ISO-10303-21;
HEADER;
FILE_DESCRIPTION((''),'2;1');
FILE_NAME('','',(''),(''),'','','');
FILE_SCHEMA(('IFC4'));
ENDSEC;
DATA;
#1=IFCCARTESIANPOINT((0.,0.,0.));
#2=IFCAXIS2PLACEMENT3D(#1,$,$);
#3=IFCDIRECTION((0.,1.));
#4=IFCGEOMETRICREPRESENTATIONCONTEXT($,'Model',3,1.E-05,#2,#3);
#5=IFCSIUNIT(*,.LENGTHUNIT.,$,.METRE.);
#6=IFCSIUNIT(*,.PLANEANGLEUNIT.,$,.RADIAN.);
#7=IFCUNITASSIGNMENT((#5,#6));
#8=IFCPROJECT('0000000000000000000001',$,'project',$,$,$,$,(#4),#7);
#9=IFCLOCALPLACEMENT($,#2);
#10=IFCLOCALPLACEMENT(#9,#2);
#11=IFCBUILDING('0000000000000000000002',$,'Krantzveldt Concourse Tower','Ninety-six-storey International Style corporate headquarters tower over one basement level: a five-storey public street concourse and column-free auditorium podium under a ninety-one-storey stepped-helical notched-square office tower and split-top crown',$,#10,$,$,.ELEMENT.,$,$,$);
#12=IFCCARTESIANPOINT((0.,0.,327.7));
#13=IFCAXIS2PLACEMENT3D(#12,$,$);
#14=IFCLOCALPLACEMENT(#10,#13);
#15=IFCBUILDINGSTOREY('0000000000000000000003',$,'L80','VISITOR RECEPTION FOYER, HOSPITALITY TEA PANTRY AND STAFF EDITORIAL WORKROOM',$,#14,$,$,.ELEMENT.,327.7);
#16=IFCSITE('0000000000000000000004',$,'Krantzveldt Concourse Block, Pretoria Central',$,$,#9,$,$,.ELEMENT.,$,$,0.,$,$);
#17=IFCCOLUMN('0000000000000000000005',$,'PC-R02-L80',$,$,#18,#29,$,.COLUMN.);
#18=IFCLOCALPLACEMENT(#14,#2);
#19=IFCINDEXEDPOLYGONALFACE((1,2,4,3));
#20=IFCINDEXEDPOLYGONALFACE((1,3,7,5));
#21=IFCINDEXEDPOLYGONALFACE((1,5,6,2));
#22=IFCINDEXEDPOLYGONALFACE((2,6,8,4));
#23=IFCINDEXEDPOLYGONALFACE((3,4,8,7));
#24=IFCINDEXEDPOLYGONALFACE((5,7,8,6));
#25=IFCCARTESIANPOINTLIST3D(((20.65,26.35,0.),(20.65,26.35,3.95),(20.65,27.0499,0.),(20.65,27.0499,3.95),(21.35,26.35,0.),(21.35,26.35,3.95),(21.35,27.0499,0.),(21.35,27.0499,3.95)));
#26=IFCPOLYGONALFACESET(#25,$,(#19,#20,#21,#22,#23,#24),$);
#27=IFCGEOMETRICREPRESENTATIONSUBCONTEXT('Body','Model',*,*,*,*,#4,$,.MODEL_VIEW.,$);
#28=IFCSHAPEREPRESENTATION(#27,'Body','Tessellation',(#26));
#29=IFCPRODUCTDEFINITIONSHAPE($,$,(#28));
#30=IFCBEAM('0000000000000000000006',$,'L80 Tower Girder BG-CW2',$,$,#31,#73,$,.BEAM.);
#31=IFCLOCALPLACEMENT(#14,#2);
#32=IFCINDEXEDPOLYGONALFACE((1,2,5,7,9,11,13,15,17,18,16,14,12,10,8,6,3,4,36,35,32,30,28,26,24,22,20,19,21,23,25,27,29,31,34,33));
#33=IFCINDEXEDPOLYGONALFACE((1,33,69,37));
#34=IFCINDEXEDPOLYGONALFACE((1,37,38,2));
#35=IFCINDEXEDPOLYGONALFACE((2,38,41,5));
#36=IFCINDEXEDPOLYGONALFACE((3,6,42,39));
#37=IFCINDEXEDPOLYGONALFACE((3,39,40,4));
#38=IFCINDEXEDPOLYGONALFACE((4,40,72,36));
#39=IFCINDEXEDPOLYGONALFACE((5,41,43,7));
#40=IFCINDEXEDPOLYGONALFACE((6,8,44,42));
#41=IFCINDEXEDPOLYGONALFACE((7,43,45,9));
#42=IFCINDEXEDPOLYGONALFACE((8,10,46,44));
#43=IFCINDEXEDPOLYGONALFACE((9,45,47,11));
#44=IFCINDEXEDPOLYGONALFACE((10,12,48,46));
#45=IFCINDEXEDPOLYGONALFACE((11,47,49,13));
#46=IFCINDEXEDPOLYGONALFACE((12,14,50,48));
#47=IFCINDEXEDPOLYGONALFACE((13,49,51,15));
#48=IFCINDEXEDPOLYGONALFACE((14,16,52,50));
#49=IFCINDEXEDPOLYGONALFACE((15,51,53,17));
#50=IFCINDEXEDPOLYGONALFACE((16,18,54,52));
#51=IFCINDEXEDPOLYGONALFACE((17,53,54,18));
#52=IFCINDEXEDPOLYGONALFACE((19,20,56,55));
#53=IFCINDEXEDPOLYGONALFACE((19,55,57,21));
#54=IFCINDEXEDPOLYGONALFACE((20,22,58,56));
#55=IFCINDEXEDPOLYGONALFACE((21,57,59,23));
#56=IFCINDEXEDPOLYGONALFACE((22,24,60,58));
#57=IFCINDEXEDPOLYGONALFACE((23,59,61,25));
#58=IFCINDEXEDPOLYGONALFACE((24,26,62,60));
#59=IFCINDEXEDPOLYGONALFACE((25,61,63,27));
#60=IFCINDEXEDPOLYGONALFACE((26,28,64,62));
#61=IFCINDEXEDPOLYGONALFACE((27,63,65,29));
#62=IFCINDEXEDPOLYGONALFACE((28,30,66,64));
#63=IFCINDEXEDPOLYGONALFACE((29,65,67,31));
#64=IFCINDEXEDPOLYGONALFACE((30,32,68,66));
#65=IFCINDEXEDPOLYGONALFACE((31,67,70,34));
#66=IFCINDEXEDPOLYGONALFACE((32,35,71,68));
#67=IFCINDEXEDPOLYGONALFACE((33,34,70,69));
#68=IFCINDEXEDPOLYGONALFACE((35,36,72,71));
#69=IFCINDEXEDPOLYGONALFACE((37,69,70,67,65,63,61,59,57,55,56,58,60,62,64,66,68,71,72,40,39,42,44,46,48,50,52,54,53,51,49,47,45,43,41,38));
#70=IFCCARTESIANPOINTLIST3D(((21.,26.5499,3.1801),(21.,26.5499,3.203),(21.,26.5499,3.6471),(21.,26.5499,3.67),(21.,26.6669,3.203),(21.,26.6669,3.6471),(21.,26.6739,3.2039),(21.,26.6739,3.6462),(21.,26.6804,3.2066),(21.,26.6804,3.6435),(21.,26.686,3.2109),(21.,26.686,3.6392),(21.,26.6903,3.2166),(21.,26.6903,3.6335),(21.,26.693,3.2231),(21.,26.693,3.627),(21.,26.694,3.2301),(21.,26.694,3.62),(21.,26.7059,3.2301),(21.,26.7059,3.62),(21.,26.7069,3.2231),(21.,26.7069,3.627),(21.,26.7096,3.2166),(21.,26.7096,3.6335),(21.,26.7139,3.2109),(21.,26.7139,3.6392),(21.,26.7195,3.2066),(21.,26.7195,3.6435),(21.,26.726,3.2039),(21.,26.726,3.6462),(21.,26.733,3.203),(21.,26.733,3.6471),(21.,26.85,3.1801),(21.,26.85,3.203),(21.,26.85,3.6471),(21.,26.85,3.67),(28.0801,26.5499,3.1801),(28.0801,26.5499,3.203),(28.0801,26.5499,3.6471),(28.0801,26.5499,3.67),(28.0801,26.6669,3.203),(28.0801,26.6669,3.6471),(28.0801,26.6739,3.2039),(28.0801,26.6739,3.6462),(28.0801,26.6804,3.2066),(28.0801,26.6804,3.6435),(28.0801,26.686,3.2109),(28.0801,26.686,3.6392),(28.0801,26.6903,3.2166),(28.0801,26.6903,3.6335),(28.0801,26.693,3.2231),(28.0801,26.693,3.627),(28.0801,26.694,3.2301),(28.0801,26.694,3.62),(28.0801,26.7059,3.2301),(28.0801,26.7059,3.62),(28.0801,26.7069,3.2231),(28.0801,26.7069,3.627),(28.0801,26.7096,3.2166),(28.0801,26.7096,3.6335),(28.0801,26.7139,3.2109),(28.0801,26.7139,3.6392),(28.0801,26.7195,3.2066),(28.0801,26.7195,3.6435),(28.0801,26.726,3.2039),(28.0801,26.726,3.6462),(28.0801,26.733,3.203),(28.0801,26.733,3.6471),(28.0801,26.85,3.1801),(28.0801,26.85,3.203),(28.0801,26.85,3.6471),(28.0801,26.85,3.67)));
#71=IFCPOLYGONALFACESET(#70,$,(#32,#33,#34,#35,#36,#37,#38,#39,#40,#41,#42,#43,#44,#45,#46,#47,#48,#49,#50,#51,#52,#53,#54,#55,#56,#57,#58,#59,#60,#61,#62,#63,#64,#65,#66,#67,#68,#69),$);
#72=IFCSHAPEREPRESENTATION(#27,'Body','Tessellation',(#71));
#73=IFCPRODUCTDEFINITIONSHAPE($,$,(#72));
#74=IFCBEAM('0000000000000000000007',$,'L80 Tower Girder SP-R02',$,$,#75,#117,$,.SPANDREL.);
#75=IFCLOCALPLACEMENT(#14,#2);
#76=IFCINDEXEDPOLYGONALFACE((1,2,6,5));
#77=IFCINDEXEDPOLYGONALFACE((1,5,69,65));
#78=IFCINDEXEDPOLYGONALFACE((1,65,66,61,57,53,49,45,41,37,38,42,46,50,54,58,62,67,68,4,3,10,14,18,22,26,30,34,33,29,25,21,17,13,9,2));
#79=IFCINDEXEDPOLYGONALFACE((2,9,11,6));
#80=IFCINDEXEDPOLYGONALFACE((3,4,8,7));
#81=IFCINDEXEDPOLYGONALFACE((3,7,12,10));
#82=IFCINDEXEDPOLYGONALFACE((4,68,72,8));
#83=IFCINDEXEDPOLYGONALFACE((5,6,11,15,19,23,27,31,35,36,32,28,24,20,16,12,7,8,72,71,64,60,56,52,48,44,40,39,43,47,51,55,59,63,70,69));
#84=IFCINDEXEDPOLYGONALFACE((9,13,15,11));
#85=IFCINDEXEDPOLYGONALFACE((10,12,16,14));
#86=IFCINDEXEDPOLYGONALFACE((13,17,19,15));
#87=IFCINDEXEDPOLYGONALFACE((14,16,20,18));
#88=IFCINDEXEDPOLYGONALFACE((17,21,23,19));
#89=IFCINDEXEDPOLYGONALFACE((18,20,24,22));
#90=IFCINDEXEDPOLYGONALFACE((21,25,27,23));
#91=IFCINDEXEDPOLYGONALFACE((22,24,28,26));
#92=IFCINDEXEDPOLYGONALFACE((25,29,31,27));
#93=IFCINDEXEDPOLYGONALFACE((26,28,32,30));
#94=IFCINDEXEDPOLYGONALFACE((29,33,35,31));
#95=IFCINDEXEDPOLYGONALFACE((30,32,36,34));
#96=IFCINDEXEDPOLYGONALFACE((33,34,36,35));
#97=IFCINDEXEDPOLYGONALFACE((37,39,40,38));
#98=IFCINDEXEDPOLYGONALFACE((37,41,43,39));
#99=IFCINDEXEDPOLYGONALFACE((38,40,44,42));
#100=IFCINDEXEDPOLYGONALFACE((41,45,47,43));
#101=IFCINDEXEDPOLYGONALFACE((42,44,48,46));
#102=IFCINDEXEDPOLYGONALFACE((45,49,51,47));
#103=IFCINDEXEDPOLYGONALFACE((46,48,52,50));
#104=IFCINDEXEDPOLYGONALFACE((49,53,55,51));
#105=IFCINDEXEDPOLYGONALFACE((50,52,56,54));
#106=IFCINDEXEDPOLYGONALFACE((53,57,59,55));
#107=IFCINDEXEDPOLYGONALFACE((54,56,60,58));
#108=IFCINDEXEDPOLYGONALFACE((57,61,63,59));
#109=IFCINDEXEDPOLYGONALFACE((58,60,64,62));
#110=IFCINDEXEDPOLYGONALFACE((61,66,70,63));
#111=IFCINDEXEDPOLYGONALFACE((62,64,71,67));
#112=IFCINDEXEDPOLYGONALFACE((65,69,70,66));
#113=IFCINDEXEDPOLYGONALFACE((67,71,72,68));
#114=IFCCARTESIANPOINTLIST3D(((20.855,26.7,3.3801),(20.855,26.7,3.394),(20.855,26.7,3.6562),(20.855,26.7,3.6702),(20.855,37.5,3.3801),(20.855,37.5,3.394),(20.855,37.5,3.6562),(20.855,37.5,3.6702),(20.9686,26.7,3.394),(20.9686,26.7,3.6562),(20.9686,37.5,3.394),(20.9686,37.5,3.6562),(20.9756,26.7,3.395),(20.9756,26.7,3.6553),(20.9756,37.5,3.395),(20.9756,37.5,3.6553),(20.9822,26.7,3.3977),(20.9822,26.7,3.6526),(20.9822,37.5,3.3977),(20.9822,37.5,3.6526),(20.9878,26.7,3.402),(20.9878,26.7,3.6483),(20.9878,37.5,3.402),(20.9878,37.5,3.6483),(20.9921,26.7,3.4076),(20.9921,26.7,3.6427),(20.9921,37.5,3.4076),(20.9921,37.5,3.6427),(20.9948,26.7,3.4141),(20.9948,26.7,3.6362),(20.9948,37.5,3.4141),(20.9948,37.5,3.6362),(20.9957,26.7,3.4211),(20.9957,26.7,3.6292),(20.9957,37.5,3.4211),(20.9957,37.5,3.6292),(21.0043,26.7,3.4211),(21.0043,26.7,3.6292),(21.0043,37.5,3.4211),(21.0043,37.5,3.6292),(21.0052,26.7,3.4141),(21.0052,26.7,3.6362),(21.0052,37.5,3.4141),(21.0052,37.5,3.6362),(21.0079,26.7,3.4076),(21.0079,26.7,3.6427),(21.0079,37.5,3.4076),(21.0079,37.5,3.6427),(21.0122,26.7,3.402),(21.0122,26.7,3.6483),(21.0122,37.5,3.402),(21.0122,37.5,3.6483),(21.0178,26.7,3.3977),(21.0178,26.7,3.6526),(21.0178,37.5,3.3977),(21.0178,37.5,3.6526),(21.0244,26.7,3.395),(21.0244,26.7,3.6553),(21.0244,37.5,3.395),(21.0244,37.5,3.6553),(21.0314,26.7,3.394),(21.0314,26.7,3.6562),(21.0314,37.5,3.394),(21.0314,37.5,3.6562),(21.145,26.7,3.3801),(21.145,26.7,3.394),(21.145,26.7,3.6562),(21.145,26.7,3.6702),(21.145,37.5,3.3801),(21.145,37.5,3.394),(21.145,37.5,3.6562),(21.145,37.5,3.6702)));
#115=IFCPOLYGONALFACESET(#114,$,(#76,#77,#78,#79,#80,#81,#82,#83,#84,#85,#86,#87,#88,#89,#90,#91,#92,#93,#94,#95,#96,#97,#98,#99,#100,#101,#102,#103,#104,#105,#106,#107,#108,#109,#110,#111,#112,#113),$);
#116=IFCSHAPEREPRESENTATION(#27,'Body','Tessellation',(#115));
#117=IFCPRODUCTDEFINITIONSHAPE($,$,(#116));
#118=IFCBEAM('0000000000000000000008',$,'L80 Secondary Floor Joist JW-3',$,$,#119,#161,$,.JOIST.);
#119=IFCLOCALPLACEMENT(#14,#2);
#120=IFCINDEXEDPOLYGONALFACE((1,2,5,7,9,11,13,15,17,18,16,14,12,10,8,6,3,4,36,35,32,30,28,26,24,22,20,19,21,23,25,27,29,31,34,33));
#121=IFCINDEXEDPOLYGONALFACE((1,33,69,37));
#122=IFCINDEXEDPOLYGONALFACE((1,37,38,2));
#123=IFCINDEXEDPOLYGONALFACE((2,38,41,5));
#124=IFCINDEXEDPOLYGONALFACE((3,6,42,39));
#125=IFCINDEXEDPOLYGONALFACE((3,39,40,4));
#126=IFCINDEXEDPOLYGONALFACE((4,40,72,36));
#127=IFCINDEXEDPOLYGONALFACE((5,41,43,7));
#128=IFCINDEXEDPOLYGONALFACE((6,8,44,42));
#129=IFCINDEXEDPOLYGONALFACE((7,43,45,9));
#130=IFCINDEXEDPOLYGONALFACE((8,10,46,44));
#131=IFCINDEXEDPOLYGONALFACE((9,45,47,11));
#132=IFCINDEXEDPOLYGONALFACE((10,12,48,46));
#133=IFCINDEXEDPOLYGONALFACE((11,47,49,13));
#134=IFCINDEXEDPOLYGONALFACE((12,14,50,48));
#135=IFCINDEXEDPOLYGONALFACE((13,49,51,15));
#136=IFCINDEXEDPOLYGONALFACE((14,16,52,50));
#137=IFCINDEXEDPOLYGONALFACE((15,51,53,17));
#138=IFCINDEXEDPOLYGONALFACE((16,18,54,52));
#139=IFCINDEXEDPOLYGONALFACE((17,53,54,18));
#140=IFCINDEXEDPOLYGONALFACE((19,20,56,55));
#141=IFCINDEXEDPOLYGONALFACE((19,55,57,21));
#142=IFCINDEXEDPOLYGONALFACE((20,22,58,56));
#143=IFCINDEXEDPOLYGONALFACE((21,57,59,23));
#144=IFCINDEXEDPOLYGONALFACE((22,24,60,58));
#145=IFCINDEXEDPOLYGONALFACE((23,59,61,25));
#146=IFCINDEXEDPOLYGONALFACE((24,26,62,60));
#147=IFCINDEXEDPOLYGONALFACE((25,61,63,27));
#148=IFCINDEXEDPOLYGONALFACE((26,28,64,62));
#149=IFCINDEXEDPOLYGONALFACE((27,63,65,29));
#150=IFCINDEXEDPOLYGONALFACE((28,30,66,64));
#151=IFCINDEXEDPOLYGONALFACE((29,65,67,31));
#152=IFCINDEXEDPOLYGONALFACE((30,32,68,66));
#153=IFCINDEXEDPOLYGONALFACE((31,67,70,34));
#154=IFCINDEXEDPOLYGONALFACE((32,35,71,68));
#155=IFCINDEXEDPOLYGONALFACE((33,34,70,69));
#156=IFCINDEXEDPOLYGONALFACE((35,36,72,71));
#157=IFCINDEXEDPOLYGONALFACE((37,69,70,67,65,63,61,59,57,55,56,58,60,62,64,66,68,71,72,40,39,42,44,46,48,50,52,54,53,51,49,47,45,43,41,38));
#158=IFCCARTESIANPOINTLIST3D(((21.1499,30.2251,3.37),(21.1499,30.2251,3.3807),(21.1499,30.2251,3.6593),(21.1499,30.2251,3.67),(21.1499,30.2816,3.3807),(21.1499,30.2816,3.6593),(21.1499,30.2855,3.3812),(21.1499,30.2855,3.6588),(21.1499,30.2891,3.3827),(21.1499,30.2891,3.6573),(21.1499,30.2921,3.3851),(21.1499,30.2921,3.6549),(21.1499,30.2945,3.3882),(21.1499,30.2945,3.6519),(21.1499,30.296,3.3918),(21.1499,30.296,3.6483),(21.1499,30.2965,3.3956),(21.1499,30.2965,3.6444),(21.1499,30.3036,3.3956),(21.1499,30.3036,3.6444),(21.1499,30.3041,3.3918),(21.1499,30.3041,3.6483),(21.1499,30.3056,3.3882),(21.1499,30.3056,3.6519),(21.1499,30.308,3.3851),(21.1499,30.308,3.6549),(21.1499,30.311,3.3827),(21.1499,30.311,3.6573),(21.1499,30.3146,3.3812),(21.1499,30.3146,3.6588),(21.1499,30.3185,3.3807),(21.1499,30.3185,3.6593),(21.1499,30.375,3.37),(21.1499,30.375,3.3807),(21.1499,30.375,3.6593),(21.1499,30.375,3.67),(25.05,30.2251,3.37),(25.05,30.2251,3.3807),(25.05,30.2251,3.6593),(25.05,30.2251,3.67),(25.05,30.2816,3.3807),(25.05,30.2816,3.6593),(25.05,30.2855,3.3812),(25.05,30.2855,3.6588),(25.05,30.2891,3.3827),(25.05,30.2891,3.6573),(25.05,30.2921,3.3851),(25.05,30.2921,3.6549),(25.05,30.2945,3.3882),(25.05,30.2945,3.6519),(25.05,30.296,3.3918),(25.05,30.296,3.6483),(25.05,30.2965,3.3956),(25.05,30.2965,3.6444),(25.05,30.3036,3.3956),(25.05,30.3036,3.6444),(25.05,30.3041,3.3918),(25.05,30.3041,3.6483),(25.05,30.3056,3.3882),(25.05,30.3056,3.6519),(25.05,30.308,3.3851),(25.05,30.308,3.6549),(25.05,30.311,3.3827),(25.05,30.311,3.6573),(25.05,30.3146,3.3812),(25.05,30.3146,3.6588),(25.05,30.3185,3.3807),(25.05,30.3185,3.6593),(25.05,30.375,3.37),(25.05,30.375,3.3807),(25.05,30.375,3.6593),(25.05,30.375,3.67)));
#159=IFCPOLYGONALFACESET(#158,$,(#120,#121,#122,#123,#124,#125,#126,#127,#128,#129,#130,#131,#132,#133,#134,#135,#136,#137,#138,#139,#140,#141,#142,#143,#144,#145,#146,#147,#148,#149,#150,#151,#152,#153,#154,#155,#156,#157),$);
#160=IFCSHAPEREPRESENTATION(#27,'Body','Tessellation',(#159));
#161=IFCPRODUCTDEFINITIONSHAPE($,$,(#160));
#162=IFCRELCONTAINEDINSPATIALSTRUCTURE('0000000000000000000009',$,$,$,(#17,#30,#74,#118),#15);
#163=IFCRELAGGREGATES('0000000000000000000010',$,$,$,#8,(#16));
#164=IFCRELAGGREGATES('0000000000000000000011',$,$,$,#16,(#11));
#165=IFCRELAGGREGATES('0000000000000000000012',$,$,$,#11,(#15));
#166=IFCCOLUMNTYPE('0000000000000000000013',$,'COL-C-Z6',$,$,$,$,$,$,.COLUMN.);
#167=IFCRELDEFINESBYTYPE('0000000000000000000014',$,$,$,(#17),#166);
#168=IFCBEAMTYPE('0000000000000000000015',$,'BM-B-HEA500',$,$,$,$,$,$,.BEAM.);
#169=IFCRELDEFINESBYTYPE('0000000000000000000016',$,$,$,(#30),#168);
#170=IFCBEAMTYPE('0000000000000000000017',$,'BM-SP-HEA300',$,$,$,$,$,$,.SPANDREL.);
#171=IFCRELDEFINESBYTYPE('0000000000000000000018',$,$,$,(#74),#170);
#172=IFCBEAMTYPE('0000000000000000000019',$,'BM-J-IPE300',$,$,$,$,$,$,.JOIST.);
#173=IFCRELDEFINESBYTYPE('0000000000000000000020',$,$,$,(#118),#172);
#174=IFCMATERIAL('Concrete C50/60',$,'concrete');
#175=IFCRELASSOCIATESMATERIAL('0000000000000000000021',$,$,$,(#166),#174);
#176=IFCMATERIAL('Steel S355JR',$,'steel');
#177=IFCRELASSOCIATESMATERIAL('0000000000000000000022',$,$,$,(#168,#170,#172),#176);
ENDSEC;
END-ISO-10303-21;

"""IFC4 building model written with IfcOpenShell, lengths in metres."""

from ifc_helpers import new_model, si_unit, direction, frame, origin, origin_2d, place, context, subcontext, project, spatial, rectangle, i_section, extrude, source, transform, mapped, material, material_profile, profile_set, type_object, type_shapes, element, save


model = new_model("IFC4")

# Units and contexts
model_context = context("Model", 3, precision=1e-05, world=origin(), true_north=direction((0.0, 1.0)))
body_context = subcontext(model_context, "Body", "Model", "MODEL_VIEW")
ifc_project = project(units=[si_unit("LENGTHUNIT", "METRE"), si_unit("PLANEANGLEUNIT", "RADIAN")], contexts=[model_context])

# Site, building, storey
site_placement = place(None, origin())
site = spatial("IfcSite", under=ifc_project, at=site_placement, Name="Krantzveldt Concourse Block, Pretoria Central", CompositionType="ELEMENT", RefElevation=0.0)
building_placement = place(site_placement, origin())
building = spatial("IfcBuilding", under=site, at=building_placement, Name="Krantzveldt Concourse Tower", Description="Ninety-six-storey International Style corporate headquarters tower over one basement level: a five-storey public street concourse and column-free auditorium podium under a ninety-one-storey stepped-helical notched-square office tower and split-top crown", CompositionType="ELEMENT")
storey_placement = place(building_placement, frame((0.0, 0.0, 327.7)))
storey = spatial("IfcBuildingStorey", under=building, at=storey_placement, Name="L80", Description="VISITOR RECEPTION FOYER, HOSPITALITY TEA PANTRY AND STAFF EDITORIAL WORKROOM", CompositionType="ELEMENT", Elevation=327.7)

# Column
ifc_material_1 = material(Name="Concrete C50/60", Category="concrete")
ifc_material_profile_1 = material_profile(ifc_material_1, rectangle(XDim=0.7, YDim=0.7, at=origin_2d()), Name="Concrete C50/60", Category="concrete")
ifc_profile_set_1 = profile_set([ifc_material_profile_1], Name="Concrete C50/60 - RC 700x700")
column_type = type_object("IfcColumnType", Name="COL-C-Z6", PredefinedType="COLUMN", material=ifc_profile_set_1)
shared_shape_1 = source(origin(), body_context, "Body", "SweptSolid", [
    extrude(rectangle(XDim=0.7, YDim=0.7, at=origin_2d()), origin(), (0.0, 0.0, 1.0), 3.95),
])
type_shapes(column_type, [shared_shape_1])
column_placement = place(storey_placement, frame((21.0, 26.7, 0.0), z_axis=(0.0, 0.0, 1.0), x_axis=(1.0, 0.0, 0.0)))
element("IfcColumn", 1, at=column_placement, inside=storey, type_object=column_type, Name="PC-R02-L80", PredefinedType="COLUMN", context=body_context, shape_type="MappedRepresentation", body=[
    mapped(shared_shape_1, transform((0.0, 0.0, 0.0), x_axis=(1.0, 0.0, 0.0), y_axis=(0.0, 1.0, 0.0), z_axis=(0.0, 0.0, 1.0), scale=1.0)),
])

# Beams
ifc_material_2 = material(Name="Steel S355JR", Category="steel")
ifc_material_profile_2 = material_profile(ifc_material_2, i_section(OverallWidth=0.3, OverallDepth=0.49, WebThickness=0.012, FlangeThickness=0.0229, FilletRadius=0.0271, at=origin_2d()), Name="Steel S355JR", Category="steel")
ifc_profile_set_2 = profile_set([ifc_material_profile_2], Name="Steel S355JR - HEA 500")
beam_type_1 = type_object("IfcBeamType", Name="BM-B-HEA500", PredefinedType="BEAM", material=ifc_profile_set_2)
shared_shape_2 = source(origin(), body_context, "Body", "SweptSolid", [
    extrude(i_section(OverallWidth=0.3, OverallDepth=0.49, WebThickness=0.012, FlangeThickness=0.0229, FilletRadius=0.0271, at=origin_2d()), origin(), (0.0, 0.0, 1.0), 7.0801),
])
type_shapes(beam_type_1, [shared_shape_2])
beam_1_placement = place(storey_placement, frame((21.0, 26.7, 3.425), z_axis=(1.0, 0.0, 0.0), x_axis=(0.0, 1.0, 0.0)))
element("IfcBeam", 2, at=beam_1_placement, inside=storey, type_object=beam_type_1, Name="L80 Tower Girder BG-CW2", PredefinedType="BEAM", context=body_context, shape_type="MappedRepresentation", body=[
    mapped(shared_shape_2, transform((0.0, 0.0, 0.0), x_axis=(1.0, 0.0, 0.0), y_axis=(0.0, 1.0, 0.0), z_axis=(0.0, 0.0, 1.0), scale=1.0)),
])
ifc_material_profile_3 = material_profile(ifc_material_2, i_section(OverallWidth=0.29, OverallDepth=0.29, WebThickness=0.0085, FlangeThickness=0.0139, FilletRadius=0.0271, at=origin_2d()), Name="Steel S355JR", Category="steel")
ifc_profile_set_3 = profile_set([ifc_material_profile_3], Name="Steel S355JR - HEA 300")
beam_type_2 = type_object("IfcBeamType", Name="BM-SP-HEA300", PredefinedType="SPANDREL", material=ifc_profile_set_3)
shared_shape_3 = source(origin(), body_context, "Body", "SweptSolid", [
    extrude(i_section(OverallWidth=0.29, OverallDepth=0.29, WebThickness=0.0085, FlangeThickness=0.0139, FilletRadius=0.0271, at=origin_2d()), origin(), (0.0, 0.0, 1.0), 10.8),
])
type_shapes(beam_type_2, [shared_shape_3])
beam_2_placement = place(storey_placement, frame((21.0, 26.7, 3.5251), z_axis=(0.0, 1.0, 0.0), x_axis=(-1.0, 0.0, 0.0)))
element("IfcBeam", 3, at=beam_2_placement, inside=storey, type_object=beam_type_2, Name="L80 Tower Girder SP-R02", PredefinedType="SPANDREL", context=body_context, shape_type="MappedRepresentation", body=[
    mapped(shared_shape_3, transform((0.0, 0.0, 0.0), x_axis=(1.0, 0.0, 0.0), y_axis=(0.0, 1.0, 0.0), z_axis=(0.0, 0.0, 1.0), scale=1.0)),
])
ifc_material_profile_4 = material_profile(ifc_material_2, i_section(OverallWidth=0.1499, OverallDepth=0.3, WebThickness=0.0071, FlangeThickness=0.0107, FilletRadius=0.0149, at=origin_2d()), Name="Steel S355JR", Category="steel")
ifc_profile_set_4 = profile_set([ifc_material_profile_4], Name="Steel S355JR - IPE 300")
beam_type_3 = type_object("IfcBeamType", Name="BM-J-IPE300", PredefinedType="JOIST", material=ifc_profile_set_4)
shared_shape_4 = source(origin(), body_context, "Body", "SweptSolid", [
    extrude(i_section(OverallWidth=0.1499, OverallDepth=0.3, WebThickness=0.0071, FlangeThickness=0.0107, FilletRadius=0.0149, at=origin_2d()), origin(), (0.0, 0.0, 1.0), 3.9001),
])
type_shapes(beam_type_3, [shared_shape_4])
beam_3_placement = place(storey_placement, frame((21.1499, 30.3, 3.52), z_axis=(1.0, 0.0, 0.0), x_axis=(0.0, 1.0, 0.0)))
element("IfcBeam", 4, at=beam_3_placement, inside=storey, type_object=beam_type_3, Name="L80 Secondary Floor Joist JW-3", PredefinedType="JOIST", context=body_context, shape_type="MappedRepresentation", body=[
    mapped(shared_shape_4, transform((0.0, 0.0, 0.0), x_axis=(1.0, 0.0, 0.0), y_axis=(0.0, 1.0, 0.0), z_axis=(0.0, 0.0, 1.0), scale=1.0)),
])

save(model, "model.ifc")
